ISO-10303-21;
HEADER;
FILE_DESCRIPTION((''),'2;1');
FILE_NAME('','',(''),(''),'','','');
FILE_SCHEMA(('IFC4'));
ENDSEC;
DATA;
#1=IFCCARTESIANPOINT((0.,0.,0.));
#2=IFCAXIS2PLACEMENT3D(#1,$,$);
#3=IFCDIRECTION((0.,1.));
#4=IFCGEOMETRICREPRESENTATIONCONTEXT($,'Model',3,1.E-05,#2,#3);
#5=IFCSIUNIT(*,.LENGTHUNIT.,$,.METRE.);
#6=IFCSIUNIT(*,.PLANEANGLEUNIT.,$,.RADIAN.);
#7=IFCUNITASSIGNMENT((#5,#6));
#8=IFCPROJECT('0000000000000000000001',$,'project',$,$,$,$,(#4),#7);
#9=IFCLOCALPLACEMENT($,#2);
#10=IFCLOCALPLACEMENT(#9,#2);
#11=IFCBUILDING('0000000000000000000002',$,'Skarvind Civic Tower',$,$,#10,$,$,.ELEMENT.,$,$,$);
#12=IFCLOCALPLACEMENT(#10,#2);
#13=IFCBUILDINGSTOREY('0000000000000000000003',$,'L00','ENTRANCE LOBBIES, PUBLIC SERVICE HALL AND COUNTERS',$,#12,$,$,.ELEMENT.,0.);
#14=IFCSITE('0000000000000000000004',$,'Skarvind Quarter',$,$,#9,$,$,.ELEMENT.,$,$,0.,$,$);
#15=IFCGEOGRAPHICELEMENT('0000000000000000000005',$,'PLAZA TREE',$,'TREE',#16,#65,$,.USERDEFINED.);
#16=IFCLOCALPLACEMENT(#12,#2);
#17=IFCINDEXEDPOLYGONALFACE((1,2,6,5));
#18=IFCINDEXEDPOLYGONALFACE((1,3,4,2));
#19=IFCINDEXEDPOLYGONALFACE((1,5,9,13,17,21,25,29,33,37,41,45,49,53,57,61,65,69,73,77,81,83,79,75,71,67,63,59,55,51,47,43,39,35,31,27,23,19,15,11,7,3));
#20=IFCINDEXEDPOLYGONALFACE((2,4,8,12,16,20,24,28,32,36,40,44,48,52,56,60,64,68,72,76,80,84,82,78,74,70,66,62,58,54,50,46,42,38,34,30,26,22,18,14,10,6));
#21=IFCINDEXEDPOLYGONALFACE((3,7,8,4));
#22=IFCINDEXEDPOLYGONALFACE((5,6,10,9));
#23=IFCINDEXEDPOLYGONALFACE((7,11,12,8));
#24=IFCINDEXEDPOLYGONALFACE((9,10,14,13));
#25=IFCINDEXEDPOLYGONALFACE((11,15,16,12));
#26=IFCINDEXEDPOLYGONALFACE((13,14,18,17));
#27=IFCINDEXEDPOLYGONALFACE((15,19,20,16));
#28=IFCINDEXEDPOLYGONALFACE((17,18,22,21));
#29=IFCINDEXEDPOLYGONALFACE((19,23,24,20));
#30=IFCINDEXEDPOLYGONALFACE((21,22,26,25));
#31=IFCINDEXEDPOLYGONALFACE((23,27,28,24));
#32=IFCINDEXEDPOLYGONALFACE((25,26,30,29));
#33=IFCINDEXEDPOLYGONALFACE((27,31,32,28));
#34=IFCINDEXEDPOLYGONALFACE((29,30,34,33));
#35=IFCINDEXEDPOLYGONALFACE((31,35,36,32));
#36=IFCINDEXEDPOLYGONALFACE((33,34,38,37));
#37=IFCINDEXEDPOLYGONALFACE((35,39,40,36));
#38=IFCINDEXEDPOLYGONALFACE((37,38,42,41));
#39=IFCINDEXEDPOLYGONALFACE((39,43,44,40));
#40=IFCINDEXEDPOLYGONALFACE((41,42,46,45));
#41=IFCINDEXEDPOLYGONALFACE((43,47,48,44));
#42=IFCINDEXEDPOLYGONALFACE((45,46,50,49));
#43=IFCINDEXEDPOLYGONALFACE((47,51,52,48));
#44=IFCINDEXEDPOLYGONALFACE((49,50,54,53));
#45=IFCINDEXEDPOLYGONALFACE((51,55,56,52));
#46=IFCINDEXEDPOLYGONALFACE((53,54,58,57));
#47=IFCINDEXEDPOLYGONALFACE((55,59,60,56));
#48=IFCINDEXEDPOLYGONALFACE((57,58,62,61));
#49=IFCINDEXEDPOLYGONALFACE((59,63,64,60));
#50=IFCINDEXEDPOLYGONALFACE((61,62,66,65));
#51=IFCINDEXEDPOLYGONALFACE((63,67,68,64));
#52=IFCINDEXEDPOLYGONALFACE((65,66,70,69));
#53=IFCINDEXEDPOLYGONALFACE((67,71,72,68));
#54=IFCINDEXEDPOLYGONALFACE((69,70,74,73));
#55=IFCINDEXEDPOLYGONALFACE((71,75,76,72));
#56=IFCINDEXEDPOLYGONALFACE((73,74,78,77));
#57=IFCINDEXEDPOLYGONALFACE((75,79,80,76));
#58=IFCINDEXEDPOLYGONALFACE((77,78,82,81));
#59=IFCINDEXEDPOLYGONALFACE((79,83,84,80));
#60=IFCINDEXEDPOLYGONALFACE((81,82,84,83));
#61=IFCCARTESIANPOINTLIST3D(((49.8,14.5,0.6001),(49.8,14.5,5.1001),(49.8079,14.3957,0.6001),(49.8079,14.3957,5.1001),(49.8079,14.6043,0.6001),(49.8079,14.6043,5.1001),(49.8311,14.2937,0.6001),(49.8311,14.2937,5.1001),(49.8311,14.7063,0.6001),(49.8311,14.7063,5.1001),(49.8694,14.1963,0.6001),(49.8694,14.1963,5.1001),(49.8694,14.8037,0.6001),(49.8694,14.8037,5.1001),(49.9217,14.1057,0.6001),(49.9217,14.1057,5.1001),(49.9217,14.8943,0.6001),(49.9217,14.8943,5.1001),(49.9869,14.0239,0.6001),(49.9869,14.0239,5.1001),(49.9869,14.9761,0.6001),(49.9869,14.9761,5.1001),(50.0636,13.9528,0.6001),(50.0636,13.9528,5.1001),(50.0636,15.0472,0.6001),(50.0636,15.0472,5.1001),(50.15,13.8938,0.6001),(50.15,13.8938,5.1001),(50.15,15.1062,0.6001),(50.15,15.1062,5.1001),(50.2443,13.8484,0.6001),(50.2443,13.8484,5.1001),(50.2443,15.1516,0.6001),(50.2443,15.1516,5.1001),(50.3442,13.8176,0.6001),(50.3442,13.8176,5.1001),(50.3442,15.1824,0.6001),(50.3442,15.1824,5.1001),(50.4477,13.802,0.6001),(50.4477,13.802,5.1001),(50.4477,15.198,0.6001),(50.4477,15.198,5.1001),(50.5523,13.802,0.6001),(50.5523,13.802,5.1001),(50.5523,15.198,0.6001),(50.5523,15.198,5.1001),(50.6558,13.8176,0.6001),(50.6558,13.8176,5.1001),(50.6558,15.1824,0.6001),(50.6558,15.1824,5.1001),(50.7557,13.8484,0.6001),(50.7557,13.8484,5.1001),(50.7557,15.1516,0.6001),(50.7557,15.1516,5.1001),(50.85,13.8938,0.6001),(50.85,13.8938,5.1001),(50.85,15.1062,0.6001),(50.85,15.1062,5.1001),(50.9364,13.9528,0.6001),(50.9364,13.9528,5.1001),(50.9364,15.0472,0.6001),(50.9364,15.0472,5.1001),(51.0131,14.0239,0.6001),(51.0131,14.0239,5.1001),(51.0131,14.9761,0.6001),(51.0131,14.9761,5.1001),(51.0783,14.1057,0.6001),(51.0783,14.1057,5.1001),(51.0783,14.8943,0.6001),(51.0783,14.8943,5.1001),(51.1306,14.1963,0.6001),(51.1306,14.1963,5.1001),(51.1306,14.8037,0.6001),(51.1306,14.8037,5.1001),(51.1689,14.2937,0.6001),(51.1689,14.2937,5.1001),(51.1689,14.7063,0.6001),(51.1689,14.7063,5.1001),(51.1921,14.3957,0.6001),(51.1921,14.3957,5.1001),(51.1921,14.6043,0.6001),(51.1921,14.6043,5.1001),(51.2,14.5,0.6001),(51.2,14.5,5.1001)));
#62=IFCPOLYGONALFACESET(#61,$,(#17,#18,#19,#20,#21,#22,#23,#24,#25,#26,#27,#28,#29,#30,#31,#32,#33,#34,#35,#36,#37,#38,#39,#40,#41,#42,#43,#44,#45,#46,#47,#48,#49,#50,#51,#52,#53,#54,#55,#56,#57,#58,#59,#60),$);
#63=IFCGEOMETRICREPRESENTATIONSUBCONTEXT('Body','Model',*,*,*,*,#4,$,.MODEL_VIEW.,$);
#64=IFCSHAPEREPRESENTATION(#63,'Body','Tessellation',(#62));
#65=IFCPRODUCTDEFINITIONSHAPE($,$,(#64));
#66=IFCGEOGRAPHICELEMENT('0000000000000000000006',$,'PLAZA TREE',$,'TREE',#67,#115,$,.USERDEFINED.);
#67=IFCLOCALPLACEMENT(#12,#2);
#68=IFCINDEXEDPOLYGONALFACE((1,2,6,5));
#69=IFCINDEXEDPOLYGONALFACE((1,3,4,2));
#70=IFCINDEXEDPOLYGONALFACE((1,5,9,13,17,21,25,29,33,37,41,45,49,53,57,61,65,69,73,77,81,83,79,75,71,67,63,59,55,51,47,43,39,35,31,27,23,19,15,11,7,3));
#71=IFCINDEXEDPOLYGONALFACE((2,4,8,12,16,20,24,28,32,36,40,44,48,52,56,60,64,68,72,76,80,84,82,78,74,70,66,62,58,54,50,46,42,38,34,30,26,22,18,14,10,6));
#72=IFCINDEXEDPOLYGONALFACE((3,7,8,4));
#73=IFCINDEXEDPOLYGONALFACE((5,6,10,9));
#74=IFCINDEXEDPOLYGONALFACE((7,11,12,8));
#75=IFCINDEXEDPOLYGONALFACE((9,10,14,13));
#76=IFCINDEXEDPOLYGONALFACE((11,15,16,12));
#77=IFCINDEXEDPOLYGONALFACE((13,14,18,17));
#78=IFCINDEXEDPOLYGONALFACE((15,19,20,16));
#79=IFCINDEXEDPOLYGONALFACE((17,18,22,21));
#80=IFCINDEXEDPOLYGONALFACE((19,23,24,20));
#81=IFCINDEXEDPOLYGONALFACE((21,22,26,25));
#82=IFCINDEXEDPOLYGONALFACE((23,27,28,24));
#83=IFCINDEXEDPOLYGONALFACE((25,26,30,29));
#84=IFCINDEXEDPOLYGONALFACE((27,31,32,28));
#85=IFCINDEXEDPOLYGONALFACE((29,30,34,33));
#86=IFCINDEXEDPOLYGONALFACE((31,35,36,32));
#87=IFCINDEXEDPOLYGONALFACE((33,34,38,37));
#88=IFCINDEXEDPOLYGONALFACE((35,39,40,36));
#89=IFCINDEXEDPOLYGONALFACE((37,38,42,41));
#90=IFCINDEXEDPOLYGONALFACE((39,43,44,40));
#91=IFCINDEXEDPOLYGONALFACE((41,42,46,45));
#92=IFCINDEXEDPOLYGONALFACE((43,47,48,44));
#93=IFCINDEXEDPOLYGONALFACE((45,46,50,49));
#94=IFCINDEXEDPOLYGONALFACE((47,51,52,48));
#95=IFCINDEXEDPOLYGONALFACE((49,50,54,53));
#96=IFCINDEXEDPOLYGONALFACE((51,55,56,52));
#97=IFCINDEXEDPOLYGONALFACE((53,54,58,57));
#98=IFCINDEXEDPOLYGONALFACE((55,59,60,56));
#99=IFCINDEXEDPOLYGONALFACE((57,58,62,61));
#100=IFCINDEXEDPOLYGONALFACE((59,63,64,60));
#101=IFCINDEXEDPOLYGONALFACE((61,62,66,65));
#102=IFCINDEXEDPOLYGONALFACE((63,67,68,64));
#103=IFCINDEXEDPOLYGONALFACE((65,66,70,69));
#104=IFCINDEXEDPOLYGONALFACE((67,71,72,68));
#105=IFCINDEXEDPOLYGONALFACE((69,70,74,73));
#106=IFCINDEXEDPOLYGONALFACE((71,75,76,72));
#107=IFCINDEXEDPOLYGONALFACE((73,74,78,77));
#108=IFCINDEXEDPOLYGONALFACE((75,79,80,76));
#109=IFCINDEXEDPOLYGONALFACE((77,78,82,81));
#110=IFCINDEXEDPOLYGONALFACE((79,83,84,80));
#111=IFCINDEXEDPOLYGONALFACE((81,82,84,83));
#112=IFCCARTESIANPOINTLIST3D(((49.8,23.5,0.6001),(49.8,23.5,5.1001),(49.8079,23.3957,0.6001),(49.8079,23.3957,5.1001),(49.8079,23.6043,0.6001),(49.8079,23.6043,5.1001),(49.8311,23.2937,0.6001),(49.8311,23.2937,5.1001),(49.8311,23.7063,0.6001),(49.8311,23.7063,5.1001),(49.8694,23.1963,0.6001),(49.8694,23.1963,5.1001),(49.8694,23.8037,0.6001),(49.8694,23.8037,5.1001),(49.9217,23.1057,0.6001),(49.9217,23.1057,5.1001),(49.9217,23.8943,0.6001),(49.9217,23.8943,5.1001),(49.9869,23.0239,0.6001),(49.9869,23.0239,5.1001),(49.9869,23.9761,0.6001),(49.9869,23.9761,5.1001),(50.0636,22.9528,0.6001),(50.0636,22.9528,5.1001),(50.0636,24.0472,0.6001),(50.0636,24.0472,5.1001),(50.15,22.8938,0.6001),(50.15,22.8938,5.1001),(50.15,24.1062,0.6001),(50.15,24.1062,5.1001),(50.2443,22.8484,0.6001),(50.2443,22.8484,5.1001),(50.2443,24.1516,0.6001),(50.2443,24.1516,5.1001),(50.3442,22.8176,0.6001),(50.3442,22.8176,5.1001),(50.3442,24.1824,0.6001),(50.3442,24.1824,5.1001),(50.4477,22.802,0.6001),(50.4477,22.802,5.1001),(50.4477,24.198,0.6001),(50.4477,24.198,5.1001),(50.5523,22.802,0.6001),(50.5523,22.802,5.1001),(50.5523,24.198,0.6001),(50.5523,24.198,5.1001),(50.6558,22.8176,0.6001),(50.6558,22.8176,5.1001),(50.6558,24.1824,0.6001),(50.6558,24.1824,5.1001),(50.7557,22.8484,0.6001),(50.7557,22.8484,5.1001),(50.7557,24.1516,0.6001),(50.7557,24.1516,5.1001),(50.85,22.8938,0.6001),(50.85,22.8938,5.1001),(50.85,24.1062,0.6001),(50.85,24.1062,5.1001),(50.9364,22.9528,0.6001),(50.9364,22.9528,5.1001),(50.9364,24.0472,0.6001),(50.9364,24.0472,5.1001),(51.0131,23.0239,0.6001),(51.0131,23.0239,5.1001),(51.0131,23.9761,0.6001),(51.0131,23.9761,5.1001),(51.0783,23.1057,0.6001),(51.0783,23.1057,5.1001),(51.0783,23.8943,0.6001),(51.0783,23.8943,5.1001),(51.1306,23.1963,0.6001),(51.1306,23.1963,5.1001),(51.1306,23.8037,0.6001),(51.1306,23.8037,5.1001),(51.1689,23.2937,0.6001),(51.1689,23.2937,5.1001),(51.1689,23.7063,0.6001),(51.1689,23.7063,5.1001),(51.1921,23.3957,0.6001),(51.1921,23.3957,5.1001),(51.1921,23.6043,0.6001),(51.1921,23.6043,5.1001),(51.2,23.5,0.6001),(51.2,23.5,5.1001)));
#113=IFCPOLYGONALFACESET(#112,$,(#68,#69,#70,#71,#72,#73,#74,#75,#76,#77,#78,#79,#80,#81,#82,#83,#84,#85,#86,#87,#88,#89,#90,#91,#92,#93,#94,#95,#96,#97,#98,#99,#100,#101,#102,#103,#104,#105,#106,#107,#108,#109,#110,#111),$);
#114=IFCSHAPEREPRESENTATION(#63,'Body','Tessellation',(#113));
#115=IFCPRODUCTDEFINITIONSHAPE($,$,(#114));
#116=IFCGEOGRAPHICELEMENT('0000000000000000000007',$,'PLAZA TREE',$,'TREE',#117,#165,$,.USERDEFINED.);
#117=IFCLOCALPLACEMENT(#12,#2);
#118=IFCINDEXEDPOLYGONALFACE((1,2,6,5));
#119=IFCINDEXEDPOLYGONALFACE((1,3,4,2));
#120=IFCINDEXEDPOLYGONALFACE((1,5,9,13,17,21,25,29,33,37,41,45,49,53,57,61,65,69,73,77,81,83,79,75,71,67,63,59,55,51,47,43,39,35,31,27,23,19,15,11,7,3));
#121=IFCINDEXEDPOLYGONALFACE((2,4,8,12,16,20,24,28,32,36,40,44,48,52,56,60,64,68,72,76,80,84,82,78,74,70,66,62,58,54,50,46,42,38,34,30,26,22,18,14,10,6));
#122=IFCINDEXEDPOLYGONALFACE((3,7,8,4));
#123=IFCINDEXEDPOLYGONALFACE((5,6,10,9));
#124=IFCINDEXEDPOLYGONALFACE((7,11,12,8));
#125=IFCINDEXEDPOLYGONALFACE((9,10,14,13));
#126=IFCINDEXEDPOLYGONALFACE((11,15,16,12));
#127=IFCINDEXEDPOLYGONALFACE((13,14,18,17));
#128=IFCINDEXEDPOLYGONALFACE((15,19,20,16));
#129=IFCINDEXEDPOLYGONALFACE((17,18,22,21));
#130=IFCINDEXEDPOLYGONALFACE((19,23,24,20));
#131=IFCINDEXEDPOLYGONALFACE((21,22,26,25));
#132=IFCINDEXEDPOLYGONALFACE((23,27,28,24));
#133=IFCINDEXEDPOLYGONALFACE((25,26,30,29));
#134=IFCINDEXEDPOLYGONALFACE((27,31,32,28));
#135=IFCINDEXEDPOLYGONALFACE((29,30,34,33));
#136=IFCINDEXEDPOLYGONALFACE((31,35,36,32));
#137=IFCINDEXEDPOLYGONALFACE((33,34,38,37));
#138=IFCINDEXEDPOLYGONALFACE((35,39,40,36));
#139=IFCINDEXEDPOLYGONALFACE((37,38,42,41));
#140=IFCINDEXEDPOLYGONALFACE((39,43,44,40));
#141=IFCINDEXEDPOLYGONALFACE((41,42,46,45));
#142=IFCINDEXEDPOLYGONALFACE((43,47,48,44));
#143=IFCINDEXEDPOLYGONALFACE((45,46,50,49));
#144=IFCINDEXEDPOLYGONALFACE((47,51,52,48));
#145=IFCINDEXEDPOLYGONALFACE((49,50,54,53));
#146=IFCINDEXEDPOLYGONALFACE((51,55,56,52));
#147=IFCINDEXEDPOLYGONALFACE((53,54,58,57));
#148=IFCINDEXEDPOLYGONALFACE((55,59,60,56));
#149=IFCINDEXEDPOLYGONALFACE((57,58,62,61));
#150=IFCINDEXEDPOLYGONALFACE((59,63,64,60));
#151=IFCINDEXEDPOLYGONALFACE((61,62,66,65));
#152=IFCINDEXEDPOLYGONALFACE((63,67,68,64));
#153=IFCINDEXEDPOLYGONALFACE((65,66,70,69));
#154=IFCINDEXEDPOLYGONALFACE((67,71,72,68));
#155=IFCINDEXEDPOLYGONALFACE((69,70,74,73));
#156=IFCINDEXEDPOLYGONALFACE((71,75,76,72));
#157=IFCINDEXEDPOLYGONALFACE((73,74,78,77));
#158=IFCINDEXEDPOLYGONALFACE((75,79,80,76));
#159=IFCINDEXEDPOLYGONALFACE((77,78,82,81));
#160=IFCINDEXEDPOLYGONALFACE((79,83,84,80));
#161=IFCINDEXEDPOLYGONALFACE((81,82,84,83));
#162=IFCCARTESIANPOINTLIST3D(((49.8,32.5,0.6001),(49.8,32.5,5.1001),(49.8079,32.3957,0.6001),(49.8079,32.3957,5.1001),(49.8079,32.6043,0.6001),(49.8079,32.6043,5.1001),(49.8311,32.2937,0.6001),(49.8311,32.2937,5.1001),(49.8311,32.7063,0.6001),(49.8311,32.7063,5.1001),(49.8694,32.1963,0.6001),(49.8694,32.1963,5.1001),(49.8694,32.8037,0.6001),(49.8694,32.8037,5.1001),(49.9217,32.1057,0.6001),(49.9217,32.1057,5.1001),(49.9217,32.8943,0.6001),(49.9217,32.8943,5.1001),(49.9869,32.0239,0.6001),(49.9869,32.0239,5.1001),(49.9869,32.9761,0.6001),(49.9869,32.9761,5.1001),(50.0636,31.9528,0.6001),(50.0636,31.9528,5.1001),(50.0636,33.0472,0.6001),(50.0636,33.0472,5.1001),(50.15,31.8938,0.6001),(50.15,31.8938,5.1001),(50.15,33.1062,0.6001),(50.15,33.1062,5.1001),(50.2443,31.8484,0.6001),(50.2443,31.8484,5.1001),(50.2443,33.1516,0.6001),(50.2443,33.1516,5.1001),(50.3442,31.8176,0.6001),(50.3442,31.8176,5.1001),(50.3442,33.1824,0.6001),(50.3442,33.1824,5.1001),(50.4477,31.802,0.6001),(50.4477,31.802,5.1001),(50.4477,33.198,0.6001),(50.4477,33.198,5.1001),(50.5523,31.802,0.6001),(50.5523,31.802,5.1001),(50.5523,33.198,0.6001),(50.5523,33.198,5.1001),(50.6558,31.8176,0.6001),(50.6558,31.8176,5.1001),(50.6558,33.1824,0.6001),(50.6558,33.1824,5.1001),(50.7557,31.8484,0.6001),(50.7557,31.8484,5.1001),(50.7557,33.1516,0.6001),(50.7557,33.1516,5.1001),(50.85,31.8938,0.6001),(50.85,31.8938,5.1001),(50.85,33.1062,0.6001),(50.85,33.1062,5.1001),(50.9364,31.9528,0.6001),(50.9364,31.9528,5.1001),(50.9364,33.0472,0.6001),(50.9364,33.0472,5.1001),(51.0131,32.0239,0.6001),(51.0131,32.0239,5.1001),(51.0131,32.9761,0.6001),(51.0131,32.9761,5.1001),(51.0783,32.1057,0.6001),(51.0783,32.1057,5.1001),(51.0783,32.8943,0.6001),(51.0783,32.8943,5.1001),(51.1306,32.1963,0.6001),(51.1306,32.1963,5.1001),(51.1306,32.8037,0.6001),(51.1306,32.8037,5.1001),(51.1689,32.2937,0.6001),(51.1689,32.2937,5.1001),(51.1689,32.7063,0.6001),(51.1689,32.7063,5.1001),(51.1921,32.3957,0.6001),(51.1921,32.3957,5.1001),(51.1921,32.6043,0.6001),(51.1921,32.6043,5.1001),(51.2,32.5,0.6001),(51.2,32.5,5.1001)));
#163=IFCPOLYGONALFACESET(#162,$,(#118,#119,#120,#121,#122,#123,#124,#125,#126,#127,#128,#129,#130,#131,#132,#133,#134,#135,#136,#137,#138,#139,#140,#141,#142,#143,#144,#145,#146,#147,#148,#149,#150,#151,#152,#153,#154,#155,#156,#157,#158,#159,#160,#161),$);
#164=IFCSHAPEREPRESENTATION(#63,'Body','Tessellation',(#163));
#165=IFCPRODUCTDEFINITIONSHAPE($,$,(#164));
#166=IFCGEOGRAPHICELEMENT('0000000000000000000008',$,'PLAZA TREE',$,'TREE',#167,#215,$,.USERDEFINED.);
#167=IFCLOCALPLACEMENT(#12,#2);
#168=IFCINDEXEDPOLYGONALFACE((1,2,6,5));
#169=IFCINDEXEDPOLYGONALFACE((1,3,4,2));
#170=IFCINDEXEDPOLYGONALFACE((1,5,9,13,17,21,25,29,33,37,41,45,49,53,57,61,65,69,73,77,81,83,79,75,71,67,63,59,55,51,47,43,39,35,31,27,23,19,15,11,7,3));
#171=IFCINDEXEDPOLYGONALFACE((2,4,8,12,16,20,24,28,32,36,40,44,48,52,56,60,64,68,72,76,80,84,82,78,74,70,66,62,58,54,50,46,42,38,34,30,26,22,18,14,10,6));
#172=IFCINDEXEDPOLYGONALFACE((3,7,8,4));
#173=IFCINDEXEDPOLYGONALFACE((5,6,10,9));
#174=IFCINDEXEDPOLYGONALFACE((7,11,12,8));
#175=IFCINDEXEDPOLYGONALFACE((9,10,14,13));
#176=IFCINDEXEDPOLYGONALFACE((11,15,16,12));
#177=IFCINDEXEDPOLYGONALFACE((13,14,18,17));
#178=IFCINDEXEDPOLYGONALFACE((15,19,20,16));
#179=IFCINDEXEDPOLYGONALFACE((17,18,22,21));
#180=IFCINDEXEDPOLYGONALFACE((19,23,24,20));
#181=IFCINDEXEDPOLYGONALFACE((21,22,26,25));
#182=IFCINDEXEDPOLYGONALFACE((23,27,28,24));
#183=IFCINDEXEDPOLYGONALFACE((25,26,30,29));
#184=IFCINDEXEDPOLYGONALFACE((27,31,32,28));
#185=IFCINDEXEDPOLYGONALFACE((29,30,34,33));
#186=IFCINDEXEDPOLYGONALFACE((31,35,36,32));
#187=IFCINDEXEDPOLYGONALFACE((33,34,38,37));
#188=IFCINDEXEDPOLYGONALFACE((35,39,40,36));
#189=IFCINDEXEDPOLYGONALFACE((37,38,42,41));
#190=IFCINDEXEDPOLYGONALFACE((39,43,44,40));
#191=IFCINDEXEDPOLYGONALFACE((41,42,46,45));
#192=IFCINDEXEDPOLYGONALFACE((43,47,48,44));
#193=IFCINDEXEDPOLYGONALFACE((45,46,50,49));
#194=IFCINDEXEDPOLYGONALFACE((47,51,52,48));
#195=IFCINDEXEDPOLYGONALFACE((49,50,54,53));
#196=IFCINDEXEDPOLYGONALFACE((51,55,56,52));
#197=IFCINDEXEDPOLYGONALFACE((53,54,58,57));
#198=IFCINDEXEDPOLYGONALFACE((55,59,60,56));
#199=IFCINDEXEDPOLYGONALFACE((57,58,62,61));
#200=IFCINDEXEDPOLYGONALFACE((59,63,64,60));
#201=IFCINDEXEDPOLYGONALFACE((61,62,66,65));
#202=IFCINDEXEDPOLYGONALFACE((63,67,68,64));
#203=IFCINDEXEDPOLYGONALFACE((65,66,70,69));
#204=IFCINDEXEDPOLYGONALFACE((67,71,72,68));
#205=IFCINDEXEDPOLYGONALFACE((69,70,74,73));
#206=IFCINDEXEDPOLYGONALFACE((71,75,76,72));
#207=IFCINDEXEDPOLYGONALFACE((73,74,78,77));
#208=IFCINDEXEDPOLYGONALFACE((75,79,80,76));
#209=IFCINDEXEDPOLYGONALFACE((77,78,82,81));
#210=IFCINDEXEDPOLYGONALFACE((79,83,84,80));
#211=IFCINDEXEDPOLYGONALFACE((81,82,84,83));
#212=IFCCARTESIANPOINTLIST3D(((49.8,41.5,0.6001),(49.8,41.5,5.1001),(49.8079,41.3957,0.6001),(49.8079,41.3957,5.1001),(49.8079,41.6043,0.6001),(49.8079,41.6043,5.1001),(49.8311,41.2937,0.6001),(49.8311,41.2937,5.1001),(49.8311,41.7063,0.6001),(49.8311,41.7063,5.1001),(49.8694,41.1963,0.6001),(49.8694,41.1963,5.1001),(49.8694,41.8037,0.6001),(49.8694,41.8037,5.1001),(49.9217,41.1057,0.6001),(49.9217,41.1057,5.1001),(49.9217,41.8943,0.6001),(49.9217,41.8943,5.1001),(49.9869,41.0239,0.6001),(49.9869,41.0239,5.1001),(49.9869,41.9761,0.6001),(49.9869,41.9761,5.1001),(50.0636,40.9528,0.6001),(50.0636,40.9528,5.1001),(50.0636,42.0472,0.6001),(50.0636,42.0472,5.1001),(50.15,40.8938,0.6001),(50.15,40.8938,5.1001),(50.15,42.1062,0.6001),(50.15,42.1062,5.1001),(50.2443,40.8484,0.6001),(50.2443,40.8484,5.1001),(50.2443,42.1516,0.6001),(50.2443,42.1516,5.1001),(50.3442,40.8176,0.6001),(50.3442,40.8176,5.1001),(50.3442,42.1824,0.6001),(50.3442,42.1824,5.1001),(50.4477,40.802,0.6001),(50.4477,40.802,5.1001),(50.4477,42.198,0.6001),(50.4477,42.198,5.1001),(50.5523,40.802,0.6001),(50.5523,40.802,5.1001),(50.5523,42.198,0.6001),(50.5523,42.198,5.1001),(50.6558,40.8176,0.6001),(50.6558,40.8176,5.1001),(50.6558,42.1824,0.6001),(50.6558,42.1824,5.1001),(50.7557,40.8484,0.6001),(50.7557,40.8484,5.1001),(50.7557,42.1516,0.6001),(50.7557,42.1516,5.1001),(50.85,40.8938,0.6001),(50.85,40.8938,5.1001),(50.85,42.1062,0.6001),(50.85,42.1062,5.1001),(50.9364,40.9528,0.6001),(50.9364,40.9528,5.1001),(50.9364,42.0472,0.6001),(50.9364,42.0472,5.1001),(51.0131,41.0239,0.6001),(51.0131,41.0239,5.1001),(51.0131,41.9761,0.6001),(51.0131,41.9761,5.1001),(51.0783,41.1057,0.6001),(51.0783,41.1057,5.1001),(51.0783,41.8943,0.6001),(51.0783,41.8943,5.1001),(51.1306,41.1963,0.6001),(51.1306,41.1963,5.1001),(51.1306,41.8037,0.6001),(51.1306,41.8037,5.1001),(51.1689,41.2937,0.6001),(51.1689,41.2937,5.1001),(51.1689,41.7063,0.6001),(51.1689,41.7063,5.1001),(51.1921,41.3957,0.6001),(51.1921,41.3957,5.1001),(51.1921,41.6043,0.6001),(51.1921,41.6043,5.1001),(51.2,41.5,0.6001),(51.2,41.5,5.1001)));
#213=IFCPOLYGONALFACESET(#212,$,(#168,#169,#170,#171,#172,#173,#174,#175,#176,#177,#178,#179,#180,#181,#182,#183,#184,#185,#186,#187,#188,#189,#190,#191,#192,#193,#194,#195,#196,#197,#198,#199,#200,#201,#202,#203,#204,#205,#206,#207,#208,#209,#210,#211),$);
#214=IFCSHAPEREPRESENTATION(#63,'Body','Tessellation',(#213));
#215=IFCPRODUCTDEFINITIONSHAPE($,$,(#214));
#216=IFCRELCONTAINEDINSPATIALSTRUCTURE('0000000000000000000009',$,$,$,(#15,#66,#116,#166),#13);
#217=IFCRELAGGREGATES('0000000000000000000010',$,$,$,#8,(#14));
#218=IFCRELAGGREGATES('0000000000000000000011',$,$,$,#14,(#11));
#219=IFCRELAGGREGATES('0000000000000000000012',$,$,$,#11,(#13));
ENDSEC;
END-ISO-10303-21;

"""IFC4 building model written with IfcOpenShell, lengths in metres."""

from ifc_helpers import new_model, si_unit, direction, frame, origin, origin_2d, place, context, subcontext, project, spatial, circle, extrude, element, save


model = new_model("IFC4")

# Units and contexts
model_context = context("Model", 3, precision=1e-05, world=origin(), true_north=direction((0.0, 1.0)))
body_context = subcontext(model_context, "Body", "Model", "MODEL_VIEW")
ifc_project = project(units=[si_unit("LENGTHUNIT", "METRE"), si_unit("PLANEANGLEUNIT", "RADIAN")], contexts=[model_context])

# Site, building, storey
site_placement = place(None, origin())
site = spatial("IfcSite", under=ifc_project, at=site_placement, Name="Skarvind Quarter", CompositionType="ELEMENT", RefElevation=0.0)
building_placement = place(site_placement, origin())
building = spatial("IfcBuilding", under=site, at=building_placement, Name="Skarvind Civic Tower", CompositionType="ELEMENT")
storey_placement = place(building_placement, origin())
storey = spatial("IfcBuildingStorey", under=building, at=storey_placement, Name="L00", Description="ENTRANCE LOBBIES, PUBLIC SERVICE HALL AND COUNTERS", CompositionType="ELEMENT", Elevation=0.0)

# Geographic elements
for number, where, z_axis, x_axis, name in (
    (1, (50.5, 14.5, 0.6001), (0.0, 0.0, 1.0), (1.0, 0.0, 0.0), "PLAZA TREE"),
    (2, (50.5, 23.5, 0.6001), (0.0, 0.0, 1.0), (1.0, 0.0, 0.0), "PLAZA TREE"),
    (3, (50.5, 32.5, 0.6001), (0.0, 0.0, 1.0), (1.0, 0.0, 0.0), "PLAZA TREE"),
    (4, (50.5, 41.5, 0.6001), (0.0, 0.0, 1.0), (1.0, 0.0, 0.0), "PLAZA TREE"),
):
    element("IfcGeographicElement", number, at=place(storey_placement, frame(where, z_axis=z_axis, x_axis=x_axis)), inside=storey, Name=name, ObjectType="TREE", PredefinedType="USERDEFINED", context=body_context, shape_type="SweptSolid", body=[
        extrude(circle(Radius=0.7, at=origin_2d()), origin(), (0.0, 0.0, 1.0), 4.5),
    ])

save(model, "model.ifc")
